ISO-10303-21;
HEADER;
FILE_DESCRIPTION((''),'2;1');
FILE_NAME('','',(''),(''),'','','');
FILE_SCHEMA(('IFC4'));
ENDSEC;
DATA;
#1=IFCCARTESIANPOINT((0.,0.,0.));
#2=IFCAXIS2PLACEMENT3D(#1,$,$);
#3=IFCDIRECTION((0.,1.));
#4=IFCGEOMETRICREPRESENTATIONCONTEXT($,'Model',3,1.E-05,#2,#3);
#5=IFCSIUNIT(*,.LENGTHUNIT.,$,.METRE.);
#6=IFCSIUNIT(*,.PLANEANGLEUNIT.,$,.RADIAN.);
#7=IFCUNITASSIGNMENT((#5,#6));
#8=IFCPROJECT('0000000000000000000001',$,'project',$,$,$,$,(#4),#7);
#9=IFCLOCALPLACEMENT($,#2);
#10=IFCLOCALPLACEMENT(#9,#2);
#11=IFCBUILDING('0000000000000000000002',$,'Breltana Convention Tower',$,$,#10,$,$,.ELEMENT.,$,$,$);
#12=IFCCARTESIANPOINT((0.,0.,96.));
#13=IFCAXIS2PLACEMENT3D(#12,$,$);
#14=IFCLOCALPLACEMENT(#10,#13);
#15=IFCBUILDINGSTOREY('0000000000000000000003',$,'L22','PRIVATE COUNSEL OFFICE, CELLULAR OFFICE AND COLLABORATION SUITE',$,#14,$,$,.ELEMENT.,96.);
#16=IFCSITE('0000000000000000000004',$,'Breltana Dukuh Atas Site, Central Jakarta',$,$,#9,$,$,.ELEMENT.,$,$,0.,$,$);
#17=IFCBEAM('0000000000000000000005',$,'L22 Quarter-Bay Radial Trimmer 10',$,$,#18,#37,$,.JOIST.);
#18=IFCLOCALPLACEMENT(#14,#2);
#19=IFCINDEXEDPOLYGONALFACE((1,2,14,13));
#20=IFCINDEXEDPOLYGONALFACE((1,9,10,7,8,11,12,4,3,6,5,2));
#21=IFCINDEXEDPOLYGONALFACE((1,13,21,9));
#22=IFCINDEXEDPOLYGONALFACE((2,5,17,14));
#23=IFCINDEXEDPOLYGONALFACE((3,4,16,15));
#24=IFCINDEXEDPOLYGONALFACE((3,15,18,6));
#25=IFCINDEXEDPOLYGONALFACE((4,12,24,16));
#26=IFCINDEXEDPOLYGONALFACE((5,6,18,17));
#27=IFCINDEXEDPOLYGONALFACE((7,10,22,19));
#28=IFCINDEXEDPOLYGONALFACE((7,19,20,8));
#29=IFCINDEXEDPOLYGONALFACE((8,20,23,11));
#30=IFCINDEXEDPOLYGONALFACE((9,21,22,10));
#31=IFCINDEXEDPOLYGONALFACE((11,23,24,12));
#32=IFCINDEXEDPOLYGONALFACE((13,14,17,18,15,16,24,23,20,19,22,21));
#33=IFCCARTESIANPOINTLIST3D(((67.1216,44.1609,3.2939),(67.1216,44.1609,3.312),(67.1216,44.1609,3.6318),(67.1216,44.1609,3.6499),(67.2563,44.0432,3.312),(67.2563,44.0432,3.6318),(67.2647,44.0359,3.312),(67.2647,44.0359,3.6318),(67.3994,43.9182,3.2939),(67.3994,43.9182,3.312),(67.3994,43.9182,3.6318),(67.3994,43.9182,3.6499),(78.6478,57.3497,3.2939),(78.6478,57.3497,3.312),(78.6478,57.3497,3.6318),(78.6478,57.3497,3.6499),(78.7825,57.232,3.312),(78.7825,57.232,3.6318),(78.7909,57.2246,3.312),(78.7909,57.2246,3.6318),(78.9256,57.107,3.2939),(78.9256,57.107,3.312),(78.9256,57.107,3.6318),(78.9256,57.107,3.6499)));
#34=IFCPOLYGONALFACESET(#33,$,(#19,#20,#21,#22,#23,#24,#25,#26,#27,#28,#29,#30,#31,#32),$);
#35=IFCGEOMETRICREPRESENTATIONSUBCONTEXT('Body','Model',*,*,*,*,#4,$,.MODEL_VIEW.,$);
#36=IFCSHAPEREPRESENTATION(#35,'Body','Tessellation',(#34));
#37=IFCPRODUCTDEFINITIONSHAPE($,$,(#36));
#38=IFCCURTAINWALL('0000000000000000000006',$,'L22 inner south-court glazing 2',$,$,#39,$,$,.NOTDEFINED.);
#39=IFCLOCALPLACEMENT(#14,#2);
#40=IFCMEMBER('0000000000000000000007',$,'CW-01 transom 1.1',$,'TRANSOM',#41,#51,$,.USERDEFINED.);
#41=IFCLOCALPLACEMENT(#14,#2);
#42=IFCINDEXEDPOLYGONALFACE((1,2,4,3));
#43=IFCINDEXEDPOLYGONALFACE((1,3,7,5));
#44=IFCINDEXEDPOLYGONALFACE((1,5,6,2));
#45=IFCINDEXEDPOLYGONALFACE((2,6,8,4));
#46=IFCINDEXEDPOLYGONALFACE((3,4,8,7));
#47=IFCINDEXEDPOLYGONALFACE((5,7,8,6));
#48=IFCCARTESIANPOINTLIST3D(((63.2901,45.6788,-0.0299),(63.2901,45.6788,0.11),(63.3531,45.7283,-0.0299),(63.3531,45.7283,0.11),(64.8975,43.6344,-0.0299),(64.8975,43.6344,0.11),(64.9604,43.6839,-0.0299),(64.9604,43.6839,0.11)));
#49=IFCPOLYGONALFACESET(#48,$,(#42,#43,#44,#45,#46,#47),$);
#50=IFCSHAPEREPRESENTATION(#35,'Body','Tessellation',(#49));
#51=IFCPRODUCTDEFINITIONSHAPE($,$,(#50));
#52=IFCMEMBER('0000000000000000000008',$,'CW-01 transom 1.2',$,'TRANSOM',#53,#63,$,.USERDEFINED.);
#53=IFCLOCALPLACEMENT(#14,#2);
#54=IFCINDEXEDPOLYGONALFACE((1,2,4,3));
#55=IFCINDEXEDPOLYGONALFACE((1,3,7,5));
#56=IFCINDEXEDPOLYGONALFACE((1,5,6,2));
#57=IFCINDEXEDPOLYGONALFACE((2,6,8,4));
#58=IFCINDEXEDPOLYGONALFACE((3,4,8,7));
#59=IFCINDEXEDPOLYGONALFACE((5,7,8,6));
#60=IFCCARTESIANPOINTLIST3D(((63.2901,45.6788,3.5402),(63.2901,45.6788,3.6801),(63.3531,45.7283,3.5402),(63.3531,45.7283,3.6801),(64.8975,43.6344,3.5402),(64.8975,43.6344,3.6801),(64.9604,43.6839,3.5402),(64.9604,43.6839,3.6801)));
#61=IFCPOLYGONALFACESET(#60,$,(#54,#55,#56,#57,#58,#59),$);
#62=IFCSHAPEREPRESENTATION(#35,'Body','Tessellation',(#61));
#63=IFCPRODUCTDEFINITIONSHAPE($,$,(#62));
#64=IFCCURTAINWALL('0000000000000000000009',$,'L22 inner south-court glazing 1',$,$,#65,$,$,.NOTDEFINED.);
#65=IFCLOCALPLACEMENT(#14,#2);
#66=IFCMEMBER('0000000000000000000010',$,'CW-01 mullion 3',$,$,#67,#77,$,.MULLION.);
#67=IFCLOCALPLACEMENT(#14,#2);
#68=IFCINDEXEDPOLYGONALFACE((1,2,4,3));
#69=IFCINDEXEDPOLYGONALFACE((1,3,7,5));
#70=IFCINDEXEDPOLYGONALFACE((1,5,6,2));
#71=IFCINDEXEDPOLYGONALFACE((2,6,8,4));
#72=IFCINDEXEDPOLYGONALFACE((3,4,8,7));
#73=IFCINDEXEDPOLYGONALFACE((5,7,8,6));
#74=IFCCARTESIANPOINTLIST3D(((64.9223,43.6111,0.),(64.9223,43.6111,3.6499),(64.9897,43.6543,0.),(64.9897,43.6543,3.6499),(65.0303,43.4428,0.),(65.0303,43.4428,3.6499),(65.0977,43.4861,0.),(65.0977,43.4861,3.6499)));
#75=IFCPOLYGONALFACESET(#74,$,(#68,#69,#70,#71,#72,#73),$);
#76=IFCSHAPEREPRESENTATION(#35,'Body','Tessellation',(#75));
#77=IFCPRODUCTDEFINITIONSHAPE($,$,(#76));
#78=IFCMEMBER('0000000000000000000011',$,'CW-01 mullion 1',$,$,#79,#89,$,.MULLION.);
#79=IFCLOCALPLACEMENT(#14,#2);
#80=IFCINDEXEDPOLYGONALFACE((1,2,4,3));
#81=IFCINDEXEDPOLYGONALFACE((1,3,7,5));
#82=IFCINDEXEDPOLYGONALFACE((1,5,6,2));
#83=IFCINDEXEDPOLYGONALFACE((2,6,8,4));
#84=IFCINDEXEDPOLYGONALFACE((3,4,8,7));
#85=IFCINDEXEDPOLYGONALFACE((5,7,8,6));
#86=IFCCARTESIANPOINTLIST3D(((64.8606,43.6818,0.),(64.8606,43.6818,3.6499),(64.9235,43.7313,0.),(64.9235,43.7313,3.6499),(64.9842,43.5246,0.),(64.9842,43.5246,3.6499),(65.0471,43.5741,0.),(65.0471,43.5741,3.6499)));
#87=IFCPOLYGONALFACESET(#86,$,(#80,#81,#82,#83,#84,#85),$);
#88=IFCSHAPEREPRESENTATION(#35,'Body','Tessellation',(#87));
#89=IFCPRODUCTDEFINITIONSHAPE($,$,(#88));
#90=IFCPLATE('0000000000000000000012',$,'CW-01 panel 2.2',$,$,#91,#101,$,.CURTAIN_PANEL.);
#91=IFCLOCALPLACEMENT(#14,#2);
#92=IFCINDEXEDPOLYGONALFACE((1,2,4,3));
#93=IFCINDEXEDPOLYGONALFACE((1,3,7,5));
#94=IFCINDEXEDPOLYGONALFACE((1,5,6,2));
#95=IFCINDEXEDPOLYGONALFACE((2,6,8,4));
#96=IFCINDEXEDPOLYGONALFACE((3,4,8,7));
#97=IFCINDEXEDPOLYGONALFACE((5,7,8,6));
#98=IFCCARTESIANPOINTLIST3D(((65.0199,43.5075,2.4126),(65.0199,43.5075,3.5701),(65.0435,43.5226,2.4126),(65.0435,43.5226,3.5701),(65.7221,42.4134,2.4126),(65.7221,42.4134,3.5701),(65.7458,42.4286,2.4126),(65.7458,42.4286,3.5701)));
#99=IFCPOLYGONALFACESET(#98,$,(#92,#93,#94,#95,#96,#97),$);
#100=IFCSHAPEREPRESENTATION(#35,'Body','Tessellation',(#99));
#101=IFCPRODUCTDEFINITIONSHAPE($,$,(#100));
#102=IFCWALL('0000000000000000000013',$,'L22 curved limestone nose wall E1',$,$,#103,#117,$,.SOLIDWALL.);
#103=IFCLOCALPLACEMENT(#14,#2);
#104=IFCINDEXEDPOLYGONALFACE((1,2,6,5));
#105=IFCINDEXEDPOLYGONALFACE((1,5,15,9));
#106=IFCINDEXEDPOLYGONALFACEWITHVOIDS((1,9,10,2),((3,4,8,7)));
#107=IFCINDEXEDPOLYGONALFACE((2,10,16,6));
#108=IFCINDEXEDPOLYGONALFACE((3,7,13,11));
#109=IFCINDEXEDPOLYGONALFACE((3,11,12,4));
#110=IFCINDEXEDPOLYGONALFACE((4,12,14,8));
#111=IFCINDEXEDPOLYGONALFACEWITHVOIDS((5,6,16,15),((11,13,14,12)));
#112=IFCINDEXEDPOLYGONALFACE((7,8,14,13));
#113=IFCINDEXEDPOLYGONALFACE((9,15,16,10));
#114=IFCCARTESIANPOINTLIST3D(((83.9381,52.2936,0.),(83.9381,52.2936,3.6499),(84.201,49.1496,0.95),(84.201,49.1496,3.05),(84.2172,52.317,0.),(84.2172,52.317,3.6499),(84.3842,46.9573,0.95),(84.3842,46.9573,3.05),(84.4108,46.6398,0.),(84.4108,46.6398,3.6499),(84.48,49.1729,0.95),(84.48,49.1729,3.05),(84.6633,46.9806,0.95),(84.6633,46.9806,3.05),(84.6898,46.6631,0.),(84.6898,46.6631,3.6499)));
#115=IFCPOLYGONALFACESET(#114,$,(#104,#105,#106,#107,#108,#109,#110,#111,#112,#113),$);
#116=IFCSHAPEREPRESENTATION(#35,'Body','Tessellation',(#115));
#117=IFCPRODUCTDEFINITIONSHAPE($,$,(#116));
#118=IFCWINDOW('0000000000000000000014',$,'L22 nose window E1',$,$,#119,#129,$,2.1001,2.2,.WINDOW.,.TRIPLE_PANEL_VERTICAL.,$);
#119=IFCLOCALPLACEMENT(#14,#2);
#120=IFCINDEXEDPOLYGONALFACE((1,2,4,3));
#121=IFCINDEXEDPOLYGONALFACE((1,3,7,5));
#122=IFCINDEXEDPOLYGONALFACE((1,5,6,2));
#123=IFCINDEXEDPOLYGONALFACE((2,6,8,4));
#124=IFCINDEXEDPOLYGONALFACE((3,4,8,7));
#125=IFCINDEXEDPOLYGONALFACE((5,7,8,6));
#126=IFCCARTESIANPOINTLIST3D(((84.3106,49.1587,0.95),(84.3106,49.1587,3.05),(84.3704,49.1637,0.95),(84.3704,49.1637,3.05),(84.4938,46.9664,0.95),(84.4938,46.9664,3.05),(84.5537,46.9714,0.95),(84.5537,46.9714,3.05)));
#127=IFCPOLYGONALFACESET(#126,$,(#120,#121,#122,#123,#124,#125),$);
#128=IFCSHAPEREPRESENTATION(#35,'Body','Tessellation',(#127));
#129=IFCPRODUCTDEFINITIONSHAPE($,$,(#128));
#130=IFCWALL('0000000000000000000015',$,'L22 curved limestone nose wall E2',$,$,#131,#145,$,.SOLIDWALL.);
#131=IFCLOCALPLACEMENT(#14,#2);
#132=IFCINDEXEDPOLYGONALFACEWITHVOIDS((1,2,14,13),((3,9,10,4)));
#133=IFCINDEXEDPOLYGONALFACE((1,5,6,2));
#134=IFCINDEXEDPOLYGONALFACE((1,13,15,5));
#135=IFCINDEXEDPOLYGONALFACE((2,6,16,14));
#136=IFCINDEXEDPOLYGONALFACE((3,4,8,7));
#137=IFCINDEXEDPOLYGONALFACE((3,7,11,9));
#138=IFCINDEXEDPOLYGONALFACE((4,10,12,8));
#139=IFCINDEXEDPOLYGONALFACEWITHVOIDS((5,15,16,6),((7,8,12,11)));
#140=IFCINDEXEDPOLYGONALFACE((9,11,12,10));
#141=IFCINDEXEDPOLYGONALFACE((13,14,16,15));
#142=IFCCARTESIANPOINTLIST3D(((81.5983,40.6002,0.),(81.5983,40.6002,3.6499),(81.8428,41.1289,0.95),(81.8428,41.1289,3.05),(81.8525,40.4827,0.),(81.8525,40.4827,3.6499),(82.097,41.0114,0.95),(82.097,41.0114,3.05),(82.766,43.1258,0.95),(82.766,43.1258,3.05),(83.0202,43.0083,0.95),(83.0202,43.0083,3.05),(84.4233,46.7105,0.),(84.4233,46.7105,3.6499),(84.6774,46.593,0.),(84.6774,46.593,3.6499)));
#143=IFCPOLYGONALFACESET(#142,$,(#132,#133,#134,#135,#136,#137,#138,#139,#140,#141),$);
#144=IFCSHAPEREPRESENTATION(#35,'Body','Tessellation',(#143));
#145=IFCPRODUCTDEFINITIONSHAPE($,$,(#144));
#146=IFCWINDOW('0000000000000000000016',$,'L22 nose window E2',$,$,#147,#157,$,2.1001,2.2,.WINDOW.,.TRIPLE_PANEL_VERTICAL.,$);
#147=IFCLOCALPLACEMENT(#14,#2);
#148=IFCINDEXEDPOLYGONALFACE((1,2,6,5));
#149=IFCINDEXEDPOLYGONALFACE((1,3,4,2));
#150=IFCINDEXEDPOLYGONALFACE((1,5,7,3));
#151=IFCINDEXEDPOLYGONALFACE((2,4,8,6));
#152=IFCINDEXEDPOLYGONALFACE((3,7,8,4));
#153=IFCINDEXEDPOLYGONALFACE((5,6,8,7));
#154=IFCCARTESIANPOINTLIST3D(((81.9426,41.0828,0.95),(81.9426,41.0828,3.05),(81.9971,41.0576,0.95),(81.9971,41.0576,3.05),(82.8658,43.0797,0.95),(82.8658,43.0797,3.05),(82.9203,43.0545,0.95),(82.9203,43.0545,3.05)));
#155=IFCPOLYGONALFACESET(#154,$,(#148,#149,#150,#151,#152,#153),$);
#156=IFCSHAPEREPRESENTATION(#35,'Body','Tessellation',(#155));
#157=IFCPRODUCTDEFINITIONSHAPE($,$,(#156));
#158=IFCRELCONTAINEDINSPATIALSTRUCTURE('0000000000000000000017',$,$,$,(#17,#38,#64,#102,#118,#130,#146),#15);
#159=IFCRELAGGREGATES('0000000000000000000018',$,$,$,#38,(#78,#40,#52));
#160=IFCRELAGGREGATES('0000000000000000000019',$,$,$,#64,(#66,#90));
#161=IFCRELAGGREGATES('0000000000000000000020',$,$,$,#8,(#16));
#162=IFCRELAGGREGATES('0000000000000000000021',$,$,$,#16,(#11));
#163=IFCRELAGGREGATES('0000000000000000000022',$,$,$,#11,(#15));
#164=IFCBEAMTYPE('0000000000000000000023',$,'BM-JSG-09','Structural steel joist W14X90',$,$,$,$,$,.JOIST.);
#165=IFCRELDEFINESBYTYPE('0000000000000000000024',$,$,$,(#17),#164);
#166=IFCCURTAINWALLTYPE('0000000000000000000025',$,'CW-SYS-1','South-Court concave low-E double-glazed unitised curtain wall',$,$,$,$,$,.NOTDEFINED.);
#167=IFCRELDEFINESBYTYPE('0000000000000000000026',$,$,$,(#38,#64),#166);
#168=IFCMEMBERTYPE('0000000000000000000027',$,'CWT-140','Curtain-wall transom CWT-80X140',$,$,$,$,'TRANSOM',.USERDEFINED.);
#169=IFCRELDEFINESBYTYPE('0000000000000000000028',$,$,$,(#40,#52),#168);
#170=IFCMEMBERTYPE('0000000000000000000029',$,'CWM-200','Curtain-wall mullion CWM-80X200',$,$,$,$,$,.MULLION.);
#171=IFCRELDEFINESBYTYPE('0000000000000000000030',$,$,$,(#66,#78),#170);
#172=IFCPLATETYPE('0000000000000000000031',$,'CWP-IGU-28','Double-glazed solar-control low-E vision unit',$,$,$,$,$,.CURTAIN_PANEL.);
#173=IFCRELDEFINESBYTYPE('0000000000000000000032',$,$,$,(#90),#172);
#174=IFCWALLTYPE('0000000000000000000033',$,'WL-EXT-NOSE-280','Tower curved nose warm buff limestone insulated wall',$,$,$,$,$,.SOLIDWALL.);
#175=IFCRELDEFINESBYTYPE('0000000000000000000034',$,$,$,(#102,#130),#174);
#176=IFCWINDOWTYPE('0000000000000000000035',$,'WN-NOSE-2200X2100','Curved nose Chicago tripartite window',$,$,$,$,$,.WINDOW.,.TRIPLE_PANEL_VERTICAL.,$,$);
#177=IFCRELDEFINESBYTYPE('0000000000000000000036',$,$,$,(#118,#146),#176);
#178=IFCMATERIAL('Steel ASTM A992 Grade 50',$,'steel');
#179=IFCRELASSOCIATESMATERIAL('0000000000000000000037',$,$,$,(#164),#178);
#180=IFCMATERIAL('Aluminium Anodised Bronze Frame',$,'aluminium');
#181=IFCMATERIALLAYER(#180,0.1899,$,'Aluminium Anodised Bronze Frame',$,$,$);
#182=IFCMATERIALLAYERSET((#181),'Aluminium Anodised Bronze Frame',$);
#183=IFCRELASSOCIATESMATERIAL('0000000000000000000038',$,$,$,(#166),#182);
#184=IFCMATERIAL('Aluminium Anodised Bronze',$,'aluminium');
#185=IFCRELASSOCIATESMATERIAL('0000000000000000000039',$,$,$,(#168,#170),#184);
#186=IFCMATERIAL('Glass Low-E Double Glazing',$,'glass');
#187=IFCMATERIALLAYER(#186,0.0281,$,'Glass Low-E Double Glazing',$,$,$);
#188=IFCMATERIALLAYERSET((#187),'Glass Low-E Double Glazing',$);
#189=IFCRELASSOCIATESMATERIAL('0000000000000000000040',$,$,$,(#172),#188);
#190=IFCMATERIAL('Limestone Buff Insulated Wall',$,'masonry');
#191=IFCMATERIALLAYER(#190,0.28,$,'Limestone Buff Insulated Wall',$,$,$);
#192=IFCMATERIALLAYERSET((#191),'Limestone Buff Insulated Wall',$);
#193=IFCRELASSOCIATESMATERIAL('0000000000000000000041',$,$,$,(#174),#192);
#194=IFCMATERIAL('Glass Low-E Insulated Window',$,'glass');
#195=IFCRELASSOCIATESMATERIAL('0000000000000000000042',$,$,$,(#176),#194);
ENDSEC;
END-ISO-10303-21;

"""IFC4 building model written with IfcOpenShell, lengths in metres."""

from ifc_helpers import new_model, si_unit, direction, frame, frame_2d, origin, origin_2d, place, context, subcontext, project, spatial, rectangle, i_section, extrude, source, transform, mapped, material, layer, layer_set, material_profile, profile_set, type_object, type_shapes, element, fill, aggregate, save


model = new_model("IFC4")

# Units and contexts
model_context = context("Model", 3, precision=1e-05, world=origin(), true_north=direction((0.0, 1.0)))
body_context = subcontext(model_context, "Body", "Model", "MODEL_VIEW")
ifc_project = project(units=[si_unit("LENGTHUNIT", "METRE"), si_unit("PLANEANGLEUNIT", "RADIAN")], contexts=[model_context])

# Site, building, storey
site_placement = place(None, origin())
site = spatial("IfcSite", under=ifc_project, at=site_placement, Name="Breltana Dukuh Atas Site, Central Jakarta", CompositionType="ELEMENT", RefElevation=0.0)
building_placement = place(site_placement, origin())
building = spatial("IfcBuilding", under=site, at=building_placement, Name="Breltana Convention Tower", CompositionType="ELEMENT")
storey_placement = place(building_placement, frame((0.0, 0.0, 96.0)))
storey = spatial("IfcBuildingStorey", under=building, at=storey_placement, Name="L22", Description="PRIVATE COUNSEL OFFICE, CELLULAR OFFICE AND COLLABORATION SUITE", CompositionType="ELEMENT", Elevation=96.0)

# Beam
ifc_material_1 = material(Name="Steel ASTM A992 Grade 50", Category="steel")
ifc_material_profile_1 = material_profile(ifc_material_1, i_section(OverallWidth=0.3689, OverallDepth=0.356, WebThickness=0.0112, FlangeThickness=0.0181, at=origin_2d()), Name="W14X90")
ifc_profile_set_1 = profile_set([ifc_material_profile_1], Name="Steel ASTM A992 Grade 50")
beam_type_1 = type_object("IfcBeamType", Name="BM-JSG-09", Description="Structural steel joist W14X90", PredefinedType="JOIST", material=ifc_profile_set_1)
shared_shape_1 = source(origin(), body_context, "Body", "SweptSolid", [
    extrude(i_section(OverallWidth=0.3689, OverallDepth=0.356, WebThickness=0.0112, FlangeThickness=0.0181, at=origin_2d()), origin(), (0.0, 0.0, 1.0), 17.5156),
])
beam_1_placement = place(storey_placement, frame((67.2605, 44.0396, 3.4719), z_axis=(0.658052, 0.752973, 0.0), x_axis=(-0.752973, 0.658052, 0.0)))
element("IfcBeam", 1, at=beam_1_placement, inside=storey, type_object=beam_type_1, Name="L22 Quarter-Bay Radial Trimmer 10", PredefinedType="JOIST", context=body_context, shape_type="MappedRepresentation", body=[
    mapped(shared_shape_1, transform((0.0, 0.0, 0.0), scale=1.0)),
])

# Curtain wall, members
ifc_material_2 = material(Name="Aluminium Anodised Bronze Frame", Category="aluminium")
ifc_layer_1 = layer(ifc_material_2, 0.1899, Name="Aluminium Anodised Bronze Frame")
ifc_layer_set_1 = layer_set([ifc_layer_1], Name="Aluminium Anodised Bronze Frame")
curtain_wall_type = type_object("IfcCurtainWallType", Name="CW-SYS-1", Description="South-Court concave low-E double-glazed unitised curtain wall", PredefinedType="NOTDEFINED", material=ifc_layer_set_1)
curtain_wall_1_placement = place(storey_placement, origin())
curtain_wall_1 = element("IfcCurtainWall", 2, at=curtain_wall_1_placement, inside=storey, type_object=curtain_wall_type, Name="L22 inner south-court glazing 2", PredefinedType="NOTDEFINED")
ifc_material_3 = material(Name="Aluminium Anodised Bronze", Category="aluminium")
ifc_material_profile_2 = material_profile(ifc_material_3, rectangle(XDim=0.0801, YDim=0.1399, at=origin_2d()), Name="CWT-80X140")
ifc_profile_set_2 = profile_set([ifc_material_profile_2], Name="Aluminium Anodised Bronze")
member_type_1 = type_object("IfcMemberType", Name="CWT-140", Description="Curtain-wall transom CWT-80X140", ElementType="TRANSOM", PredefinedType="USERDEFINED", material=ifc_profile_set_2)
shared_shape_2 = source(origin(), body_context, "Body", "SweptSolid", [
    extrude(rectangle(XDim=0.0801, YDim=0.1399, at=origin_2d()), origin(), (0.0, 0.0, 1.0), 2.6006),
])
member_1_placement = place(storey_placement, frame((64.929, 43.6592, 0.04), z_axis=(-0.618079, 0.786116, 0.0), x_axis=(-0.786116, -0.618079, 0.0)))
member_1 = element("IfcMember", 3, at=member_1_placement, type_object=member_type_1, Name="CW-01 transom 1.1", ObjectType="TRANSOM", PredefinedType="USERDEFINED", context=body_context, shape_type="MappedRepresentation", body=[
    mapped(shared_shape_2, transform((0.0, 0.0, 0.0), scale=1.0)),
])
member_2_placement = place(storey_placement, frame((64.929, 43.6592, 3.6101), z_axis=(-0.618079, 0.786116, 0.0), x_axis=(-0.786116, -0.618079, 0.0)))
member_2 = element("IfcMember", 4, at=member_2_placement, type_object=member_type_1, Name="CW-01 transom 1.2", ObjectType="TRANSOM", PredefinedType="USERDEFINED", context=body_context, shape_type="MappedRepresentation", body=[
    mapped(shared_shape_2, transform((0.0, 0.0, 0.0), scale=1.0)),
])

# Curtain wall, member
curtain_wall_2_placement = place(storey_placement, origin())
curtain_wall_2 = element("IfcCurtainWall", 5, at=curtain_wall_2_placement, inside=storey, type_object=curtain_wall_type, Name="L22 inner south-court glazing 1", PredefinedType="NOTDEFINED")
ifc_material_profile_3 = material_profile(ifc_material_3, rectangle(XDim=0.0801, YDim=0.2, at=origin_2d()), Name="CWM-80X200")
ifc_profile_set_3 = profile_set([ifc_material_profile_3], Name="Aluminium Anodised Bronze")
member_type_2 = type_object("IfcMemberType", Name="CWM-200", Description="Curtain-wall mullion CWM-80X200", PredefinedType="MULLION", material=ifc_profile_set_3)
shared_shape_3 = source(origin(), body_context, "Body", "SweptSolid", [
    extrude(rectangle(XDim=0.0801, YDim=0.2, at=origin_2d()), origin(), (0.0, 0.0, 1.0), 3.6499),
])
member_3_placement = place(storey_placement, frame((65.01, 43.5486, 0.0), z_axis=(0.0, 0.0, 1.0), x_axis=(-0.841551, -0.540177, 0.0)))
member_3 = element("IfcMember", 6, at=member_3_placement, type_object=member_type_2, Name="CW-01 mullion 3", PredefinedType="MULLION", context=body_context, shape_type="MappedRepresentation", body=[
    mapped(shared_shape_3, transform((0.0, 0.0, 0.0), scale=1.0)),
])

# Member
member_4_placement = place(storey_placement, frame((64.9539, 43.6279, 0.0), z_axis=(0.0, 0.0, 1.0), x_axis=(-0.786054, -0.618157, 0.0)))
member_4 = element("IfcMember", 7, at=member_4_placement, type_object=member_type_2, Name="CW-01 mullion 1", PredefinedType="MULLION", context=body_context, shape_type="MappedRepresentation", body=[
    mapped(shared_shape_3, transform((0.0, 0.0, 0.0), scale=1.0)),
])
aggregate(curtain_wall_1, [member_4, member_1, member_2])

# Plate
ifc_material_4 = material(Name="Glass Low-E Double Glazing", Category="glass")
ifc_layer_2 = layer(ifc_material_4, 0.0281, Name="Glass Low-E Double Glazing")
ifc_layer_set_2 = layer_set([ifc_layer_2], Name="Glass Low-E Double Glazing")
plate_type = type_object("IfcPlateType", Name="CWP-IGU-28", Description="Double-glazed solar-control low-E vision unit", PredefinedType="CURTAIN_PANEL", material=ifc_layer_set_2)
shared_shape_4 = source(origin(), body_context, "Body", "SweptSolid", [
    extrude(rectangle(XDim=1.3, YDim=0.0281, at=origin_2d()), origin(), (0.0, 0.0, 1.0), 1.1575),
])
plate_placement = place(storey_placement, frame((65.3828, 42.968, 2.4126), z_axis=(0.0, 0.0, 1.0), x_axis=(-0.540177, 0.841551, 0.0)))
plate = element("IfcPlate", 8, at=plate_placement, type_object=plate_type, Name="CW-01 panel 2.2", PredefinedType="CURTAIN_PANEL", context=body_context, shape_type="MappedRepresentation", body=[
    mapped(shared_shape_4, transform((0.0, 0.0, 0.0), scale=1.0)),
])
aggregate(curtain_wall_2, [member_3, plate])

# Walls, openings, windows
ifc_material_5 = material(Name="Limestone Buff Insulated Wall", Category="masonry")
ifc_layer_3 = layer(ifc_material_5, 0.28, Name="Limestone Buff Insulated Wall")
ifc_layer_set_3 = layer_set([ifc_layer_3], Name="Limestone Buff Insulated Wall")
wall_type_1 = type_object("IfcWallType", Name="WL-EXT-NOSE-280", Description="Tower curved nose warm buff limestone insulated wall", PredefinedType="SOLIDWALL", material=ifc_layer_set_3)
shared_shape_5 = source(origin(), body_context, "Body", "SweptSolid", [
    extrude(rectangle(XDim=5.6736, YDim=0.28, at=frame_2d((2.8369, 0.0))), origin(), (0.0, 0.0, 1.0), 3.6499),
])
wall_1_placement = place(storey_placement, frame((84.0776, 52.3054, 0.0), z_axis=(0.0, 0.0, 1.0), x_axis=(0.083309, -0.996524, 0.0)))
wall_1 = element("IfcWall", 9, at=wall_1_placement, inside=storey, type_object=wall_type_1, Name="L22 curved limestone nose wall E1", PredefinedType="SOLIDWALL", context=body_context, shape_type="MappedRepresentation", body=[
    mapped(shared_shape_5, transform((0.0, 0.0, 0.0), scale=1.0)),
])
opening_1_placement = place(wall_1_placement, frame((3.155, 0.0, 0.95)))
opening_1 = element("IfcOpeningElement", 10, at=opening_1_placement, cuts=wall_1, PredefinedType="OPENING", context=body_context, shape_type="SweptSolid", body=[
    extrude(rectangle(XDim=2.2, YDim=2.1001, at=frame_2d((1.1001, 1.05))), frame((0.0, 0.1499, 0.0), z_axis=(0.0, -1.0, 0.0), x_axis=(1.0, 0.0, 0.0)), (0.0, 0.0, 1.0), 0.3),
])
ifc_material_6 = material(Name="Glass Low-E Insulated Window", Category="glass")
window_type = type_object("IfcWindowType", Name="WN-NOSE-2200X2100", Description="Curved nose Chicago tripartite window", PartitioningType="TRIPLE_PANEL_VERTICAL", PredefinedType="WINDOW", material=ifc_material_6)
shared_shape_6 = source(origin(), body_context, "Body", "SweptSolid", [
    extrude(rectangle(XDim=2.2, YDim=2.1001, at=frame_2d((1.1001, 1.05))), frame((0.0, 0.03, 0.0), z_axis=(0.0, -1.0, 0.0), x_axis=(1.0, 0.0, 0.0)), (0.0, 0.0, 1.0), 0.0601),
])
type_shapes(window_type, [shared_shape_6])
window_1_placement = place(opening_1_placement, origin())
window_1 = element("IfcWindow", 11, at=window_1_placement, inside=storey, type_object=window_type, Name="L22 nose window E1", OverallHeight=2.1001, OverallWidth=2.2, PartitioningType="TRIPLE_PANEL_VERTICAL", PredefinedType="WINDOW", context=body_context, shape_type="MappedRepresentation", body=[
    mapped(shared_shape_6, transform((0.0, 0.0, 0.0), scale=1.0)),
])
fill(opening_1, window_1)
shared_shape_7 = source(origin(), body_context, "Body", "SweptSolid", [
    extrude(rectangle(XDim=6.7317, YDim=0.28, at=frame_2d((3.3657, 0.0))), origin(), (0.0, 0.0, 1.0), 3.6499),
])
wall_2_placement = place(storey_placement, frame((84.5503, 46.6516, 0.0), z_axis=(0.0, 0.0, 1.0), x_axis=(-0.419645, -0.907689, 0.0)))
wall_2 = element("IfcWall", 12, at=wall_2_placement, inside=storey, type_object=wall_type_1, Name="L22 curved limestone nose wall E2", PredefinedType="SOLIDWALL", context=body_context, shape_type="MappedRepresentation", body=[
    mapped(shared_shape_7, transform((0.0, 0.0, 0.0), scale=1.0)),
])
opening_2_placement = place(wall_2_placement, frame((3.949, 0.0, 0.95)))
opening_2 = element("IfcOpeningElement", 13, at=opening_2_placement, cuts=wall_2, PredefinedType="OPENING", context=body_context, shape_type="SweptSolid", body=[
    extrude(rectangle(XDim=2.2, YDim=2.1001, at=frame_2d((1.1001, 1.05))), frame((0.0, 0.1499, 0.0), z_axis=(0.0, -1.0, 0.0), x_axis=(1.0, 0.0, 0.0)), (0.0, 0.0, 1.0), 0.3),
])
window_2_placement = place(opening_2_placement, origin())
window_2 = element("IfcWindow", 14, at=window_2_placement, inside=storey, type_object=window_type, Name="L22 nose window E2", OverallHeight=2.1001, OverallWidth=2.2, PartitioningType="TRIPLE_PANEL_VERTICAL", PredefinedType="WINDOW", context=body_context, shape_type="MappedRepresentation", body=[
    mapped(shared_shape_6, transform((0.0, 0.0, 0.0), scale=1.0)),
])
fill(opening_2, window_2)

save(model, "model.ifc")
